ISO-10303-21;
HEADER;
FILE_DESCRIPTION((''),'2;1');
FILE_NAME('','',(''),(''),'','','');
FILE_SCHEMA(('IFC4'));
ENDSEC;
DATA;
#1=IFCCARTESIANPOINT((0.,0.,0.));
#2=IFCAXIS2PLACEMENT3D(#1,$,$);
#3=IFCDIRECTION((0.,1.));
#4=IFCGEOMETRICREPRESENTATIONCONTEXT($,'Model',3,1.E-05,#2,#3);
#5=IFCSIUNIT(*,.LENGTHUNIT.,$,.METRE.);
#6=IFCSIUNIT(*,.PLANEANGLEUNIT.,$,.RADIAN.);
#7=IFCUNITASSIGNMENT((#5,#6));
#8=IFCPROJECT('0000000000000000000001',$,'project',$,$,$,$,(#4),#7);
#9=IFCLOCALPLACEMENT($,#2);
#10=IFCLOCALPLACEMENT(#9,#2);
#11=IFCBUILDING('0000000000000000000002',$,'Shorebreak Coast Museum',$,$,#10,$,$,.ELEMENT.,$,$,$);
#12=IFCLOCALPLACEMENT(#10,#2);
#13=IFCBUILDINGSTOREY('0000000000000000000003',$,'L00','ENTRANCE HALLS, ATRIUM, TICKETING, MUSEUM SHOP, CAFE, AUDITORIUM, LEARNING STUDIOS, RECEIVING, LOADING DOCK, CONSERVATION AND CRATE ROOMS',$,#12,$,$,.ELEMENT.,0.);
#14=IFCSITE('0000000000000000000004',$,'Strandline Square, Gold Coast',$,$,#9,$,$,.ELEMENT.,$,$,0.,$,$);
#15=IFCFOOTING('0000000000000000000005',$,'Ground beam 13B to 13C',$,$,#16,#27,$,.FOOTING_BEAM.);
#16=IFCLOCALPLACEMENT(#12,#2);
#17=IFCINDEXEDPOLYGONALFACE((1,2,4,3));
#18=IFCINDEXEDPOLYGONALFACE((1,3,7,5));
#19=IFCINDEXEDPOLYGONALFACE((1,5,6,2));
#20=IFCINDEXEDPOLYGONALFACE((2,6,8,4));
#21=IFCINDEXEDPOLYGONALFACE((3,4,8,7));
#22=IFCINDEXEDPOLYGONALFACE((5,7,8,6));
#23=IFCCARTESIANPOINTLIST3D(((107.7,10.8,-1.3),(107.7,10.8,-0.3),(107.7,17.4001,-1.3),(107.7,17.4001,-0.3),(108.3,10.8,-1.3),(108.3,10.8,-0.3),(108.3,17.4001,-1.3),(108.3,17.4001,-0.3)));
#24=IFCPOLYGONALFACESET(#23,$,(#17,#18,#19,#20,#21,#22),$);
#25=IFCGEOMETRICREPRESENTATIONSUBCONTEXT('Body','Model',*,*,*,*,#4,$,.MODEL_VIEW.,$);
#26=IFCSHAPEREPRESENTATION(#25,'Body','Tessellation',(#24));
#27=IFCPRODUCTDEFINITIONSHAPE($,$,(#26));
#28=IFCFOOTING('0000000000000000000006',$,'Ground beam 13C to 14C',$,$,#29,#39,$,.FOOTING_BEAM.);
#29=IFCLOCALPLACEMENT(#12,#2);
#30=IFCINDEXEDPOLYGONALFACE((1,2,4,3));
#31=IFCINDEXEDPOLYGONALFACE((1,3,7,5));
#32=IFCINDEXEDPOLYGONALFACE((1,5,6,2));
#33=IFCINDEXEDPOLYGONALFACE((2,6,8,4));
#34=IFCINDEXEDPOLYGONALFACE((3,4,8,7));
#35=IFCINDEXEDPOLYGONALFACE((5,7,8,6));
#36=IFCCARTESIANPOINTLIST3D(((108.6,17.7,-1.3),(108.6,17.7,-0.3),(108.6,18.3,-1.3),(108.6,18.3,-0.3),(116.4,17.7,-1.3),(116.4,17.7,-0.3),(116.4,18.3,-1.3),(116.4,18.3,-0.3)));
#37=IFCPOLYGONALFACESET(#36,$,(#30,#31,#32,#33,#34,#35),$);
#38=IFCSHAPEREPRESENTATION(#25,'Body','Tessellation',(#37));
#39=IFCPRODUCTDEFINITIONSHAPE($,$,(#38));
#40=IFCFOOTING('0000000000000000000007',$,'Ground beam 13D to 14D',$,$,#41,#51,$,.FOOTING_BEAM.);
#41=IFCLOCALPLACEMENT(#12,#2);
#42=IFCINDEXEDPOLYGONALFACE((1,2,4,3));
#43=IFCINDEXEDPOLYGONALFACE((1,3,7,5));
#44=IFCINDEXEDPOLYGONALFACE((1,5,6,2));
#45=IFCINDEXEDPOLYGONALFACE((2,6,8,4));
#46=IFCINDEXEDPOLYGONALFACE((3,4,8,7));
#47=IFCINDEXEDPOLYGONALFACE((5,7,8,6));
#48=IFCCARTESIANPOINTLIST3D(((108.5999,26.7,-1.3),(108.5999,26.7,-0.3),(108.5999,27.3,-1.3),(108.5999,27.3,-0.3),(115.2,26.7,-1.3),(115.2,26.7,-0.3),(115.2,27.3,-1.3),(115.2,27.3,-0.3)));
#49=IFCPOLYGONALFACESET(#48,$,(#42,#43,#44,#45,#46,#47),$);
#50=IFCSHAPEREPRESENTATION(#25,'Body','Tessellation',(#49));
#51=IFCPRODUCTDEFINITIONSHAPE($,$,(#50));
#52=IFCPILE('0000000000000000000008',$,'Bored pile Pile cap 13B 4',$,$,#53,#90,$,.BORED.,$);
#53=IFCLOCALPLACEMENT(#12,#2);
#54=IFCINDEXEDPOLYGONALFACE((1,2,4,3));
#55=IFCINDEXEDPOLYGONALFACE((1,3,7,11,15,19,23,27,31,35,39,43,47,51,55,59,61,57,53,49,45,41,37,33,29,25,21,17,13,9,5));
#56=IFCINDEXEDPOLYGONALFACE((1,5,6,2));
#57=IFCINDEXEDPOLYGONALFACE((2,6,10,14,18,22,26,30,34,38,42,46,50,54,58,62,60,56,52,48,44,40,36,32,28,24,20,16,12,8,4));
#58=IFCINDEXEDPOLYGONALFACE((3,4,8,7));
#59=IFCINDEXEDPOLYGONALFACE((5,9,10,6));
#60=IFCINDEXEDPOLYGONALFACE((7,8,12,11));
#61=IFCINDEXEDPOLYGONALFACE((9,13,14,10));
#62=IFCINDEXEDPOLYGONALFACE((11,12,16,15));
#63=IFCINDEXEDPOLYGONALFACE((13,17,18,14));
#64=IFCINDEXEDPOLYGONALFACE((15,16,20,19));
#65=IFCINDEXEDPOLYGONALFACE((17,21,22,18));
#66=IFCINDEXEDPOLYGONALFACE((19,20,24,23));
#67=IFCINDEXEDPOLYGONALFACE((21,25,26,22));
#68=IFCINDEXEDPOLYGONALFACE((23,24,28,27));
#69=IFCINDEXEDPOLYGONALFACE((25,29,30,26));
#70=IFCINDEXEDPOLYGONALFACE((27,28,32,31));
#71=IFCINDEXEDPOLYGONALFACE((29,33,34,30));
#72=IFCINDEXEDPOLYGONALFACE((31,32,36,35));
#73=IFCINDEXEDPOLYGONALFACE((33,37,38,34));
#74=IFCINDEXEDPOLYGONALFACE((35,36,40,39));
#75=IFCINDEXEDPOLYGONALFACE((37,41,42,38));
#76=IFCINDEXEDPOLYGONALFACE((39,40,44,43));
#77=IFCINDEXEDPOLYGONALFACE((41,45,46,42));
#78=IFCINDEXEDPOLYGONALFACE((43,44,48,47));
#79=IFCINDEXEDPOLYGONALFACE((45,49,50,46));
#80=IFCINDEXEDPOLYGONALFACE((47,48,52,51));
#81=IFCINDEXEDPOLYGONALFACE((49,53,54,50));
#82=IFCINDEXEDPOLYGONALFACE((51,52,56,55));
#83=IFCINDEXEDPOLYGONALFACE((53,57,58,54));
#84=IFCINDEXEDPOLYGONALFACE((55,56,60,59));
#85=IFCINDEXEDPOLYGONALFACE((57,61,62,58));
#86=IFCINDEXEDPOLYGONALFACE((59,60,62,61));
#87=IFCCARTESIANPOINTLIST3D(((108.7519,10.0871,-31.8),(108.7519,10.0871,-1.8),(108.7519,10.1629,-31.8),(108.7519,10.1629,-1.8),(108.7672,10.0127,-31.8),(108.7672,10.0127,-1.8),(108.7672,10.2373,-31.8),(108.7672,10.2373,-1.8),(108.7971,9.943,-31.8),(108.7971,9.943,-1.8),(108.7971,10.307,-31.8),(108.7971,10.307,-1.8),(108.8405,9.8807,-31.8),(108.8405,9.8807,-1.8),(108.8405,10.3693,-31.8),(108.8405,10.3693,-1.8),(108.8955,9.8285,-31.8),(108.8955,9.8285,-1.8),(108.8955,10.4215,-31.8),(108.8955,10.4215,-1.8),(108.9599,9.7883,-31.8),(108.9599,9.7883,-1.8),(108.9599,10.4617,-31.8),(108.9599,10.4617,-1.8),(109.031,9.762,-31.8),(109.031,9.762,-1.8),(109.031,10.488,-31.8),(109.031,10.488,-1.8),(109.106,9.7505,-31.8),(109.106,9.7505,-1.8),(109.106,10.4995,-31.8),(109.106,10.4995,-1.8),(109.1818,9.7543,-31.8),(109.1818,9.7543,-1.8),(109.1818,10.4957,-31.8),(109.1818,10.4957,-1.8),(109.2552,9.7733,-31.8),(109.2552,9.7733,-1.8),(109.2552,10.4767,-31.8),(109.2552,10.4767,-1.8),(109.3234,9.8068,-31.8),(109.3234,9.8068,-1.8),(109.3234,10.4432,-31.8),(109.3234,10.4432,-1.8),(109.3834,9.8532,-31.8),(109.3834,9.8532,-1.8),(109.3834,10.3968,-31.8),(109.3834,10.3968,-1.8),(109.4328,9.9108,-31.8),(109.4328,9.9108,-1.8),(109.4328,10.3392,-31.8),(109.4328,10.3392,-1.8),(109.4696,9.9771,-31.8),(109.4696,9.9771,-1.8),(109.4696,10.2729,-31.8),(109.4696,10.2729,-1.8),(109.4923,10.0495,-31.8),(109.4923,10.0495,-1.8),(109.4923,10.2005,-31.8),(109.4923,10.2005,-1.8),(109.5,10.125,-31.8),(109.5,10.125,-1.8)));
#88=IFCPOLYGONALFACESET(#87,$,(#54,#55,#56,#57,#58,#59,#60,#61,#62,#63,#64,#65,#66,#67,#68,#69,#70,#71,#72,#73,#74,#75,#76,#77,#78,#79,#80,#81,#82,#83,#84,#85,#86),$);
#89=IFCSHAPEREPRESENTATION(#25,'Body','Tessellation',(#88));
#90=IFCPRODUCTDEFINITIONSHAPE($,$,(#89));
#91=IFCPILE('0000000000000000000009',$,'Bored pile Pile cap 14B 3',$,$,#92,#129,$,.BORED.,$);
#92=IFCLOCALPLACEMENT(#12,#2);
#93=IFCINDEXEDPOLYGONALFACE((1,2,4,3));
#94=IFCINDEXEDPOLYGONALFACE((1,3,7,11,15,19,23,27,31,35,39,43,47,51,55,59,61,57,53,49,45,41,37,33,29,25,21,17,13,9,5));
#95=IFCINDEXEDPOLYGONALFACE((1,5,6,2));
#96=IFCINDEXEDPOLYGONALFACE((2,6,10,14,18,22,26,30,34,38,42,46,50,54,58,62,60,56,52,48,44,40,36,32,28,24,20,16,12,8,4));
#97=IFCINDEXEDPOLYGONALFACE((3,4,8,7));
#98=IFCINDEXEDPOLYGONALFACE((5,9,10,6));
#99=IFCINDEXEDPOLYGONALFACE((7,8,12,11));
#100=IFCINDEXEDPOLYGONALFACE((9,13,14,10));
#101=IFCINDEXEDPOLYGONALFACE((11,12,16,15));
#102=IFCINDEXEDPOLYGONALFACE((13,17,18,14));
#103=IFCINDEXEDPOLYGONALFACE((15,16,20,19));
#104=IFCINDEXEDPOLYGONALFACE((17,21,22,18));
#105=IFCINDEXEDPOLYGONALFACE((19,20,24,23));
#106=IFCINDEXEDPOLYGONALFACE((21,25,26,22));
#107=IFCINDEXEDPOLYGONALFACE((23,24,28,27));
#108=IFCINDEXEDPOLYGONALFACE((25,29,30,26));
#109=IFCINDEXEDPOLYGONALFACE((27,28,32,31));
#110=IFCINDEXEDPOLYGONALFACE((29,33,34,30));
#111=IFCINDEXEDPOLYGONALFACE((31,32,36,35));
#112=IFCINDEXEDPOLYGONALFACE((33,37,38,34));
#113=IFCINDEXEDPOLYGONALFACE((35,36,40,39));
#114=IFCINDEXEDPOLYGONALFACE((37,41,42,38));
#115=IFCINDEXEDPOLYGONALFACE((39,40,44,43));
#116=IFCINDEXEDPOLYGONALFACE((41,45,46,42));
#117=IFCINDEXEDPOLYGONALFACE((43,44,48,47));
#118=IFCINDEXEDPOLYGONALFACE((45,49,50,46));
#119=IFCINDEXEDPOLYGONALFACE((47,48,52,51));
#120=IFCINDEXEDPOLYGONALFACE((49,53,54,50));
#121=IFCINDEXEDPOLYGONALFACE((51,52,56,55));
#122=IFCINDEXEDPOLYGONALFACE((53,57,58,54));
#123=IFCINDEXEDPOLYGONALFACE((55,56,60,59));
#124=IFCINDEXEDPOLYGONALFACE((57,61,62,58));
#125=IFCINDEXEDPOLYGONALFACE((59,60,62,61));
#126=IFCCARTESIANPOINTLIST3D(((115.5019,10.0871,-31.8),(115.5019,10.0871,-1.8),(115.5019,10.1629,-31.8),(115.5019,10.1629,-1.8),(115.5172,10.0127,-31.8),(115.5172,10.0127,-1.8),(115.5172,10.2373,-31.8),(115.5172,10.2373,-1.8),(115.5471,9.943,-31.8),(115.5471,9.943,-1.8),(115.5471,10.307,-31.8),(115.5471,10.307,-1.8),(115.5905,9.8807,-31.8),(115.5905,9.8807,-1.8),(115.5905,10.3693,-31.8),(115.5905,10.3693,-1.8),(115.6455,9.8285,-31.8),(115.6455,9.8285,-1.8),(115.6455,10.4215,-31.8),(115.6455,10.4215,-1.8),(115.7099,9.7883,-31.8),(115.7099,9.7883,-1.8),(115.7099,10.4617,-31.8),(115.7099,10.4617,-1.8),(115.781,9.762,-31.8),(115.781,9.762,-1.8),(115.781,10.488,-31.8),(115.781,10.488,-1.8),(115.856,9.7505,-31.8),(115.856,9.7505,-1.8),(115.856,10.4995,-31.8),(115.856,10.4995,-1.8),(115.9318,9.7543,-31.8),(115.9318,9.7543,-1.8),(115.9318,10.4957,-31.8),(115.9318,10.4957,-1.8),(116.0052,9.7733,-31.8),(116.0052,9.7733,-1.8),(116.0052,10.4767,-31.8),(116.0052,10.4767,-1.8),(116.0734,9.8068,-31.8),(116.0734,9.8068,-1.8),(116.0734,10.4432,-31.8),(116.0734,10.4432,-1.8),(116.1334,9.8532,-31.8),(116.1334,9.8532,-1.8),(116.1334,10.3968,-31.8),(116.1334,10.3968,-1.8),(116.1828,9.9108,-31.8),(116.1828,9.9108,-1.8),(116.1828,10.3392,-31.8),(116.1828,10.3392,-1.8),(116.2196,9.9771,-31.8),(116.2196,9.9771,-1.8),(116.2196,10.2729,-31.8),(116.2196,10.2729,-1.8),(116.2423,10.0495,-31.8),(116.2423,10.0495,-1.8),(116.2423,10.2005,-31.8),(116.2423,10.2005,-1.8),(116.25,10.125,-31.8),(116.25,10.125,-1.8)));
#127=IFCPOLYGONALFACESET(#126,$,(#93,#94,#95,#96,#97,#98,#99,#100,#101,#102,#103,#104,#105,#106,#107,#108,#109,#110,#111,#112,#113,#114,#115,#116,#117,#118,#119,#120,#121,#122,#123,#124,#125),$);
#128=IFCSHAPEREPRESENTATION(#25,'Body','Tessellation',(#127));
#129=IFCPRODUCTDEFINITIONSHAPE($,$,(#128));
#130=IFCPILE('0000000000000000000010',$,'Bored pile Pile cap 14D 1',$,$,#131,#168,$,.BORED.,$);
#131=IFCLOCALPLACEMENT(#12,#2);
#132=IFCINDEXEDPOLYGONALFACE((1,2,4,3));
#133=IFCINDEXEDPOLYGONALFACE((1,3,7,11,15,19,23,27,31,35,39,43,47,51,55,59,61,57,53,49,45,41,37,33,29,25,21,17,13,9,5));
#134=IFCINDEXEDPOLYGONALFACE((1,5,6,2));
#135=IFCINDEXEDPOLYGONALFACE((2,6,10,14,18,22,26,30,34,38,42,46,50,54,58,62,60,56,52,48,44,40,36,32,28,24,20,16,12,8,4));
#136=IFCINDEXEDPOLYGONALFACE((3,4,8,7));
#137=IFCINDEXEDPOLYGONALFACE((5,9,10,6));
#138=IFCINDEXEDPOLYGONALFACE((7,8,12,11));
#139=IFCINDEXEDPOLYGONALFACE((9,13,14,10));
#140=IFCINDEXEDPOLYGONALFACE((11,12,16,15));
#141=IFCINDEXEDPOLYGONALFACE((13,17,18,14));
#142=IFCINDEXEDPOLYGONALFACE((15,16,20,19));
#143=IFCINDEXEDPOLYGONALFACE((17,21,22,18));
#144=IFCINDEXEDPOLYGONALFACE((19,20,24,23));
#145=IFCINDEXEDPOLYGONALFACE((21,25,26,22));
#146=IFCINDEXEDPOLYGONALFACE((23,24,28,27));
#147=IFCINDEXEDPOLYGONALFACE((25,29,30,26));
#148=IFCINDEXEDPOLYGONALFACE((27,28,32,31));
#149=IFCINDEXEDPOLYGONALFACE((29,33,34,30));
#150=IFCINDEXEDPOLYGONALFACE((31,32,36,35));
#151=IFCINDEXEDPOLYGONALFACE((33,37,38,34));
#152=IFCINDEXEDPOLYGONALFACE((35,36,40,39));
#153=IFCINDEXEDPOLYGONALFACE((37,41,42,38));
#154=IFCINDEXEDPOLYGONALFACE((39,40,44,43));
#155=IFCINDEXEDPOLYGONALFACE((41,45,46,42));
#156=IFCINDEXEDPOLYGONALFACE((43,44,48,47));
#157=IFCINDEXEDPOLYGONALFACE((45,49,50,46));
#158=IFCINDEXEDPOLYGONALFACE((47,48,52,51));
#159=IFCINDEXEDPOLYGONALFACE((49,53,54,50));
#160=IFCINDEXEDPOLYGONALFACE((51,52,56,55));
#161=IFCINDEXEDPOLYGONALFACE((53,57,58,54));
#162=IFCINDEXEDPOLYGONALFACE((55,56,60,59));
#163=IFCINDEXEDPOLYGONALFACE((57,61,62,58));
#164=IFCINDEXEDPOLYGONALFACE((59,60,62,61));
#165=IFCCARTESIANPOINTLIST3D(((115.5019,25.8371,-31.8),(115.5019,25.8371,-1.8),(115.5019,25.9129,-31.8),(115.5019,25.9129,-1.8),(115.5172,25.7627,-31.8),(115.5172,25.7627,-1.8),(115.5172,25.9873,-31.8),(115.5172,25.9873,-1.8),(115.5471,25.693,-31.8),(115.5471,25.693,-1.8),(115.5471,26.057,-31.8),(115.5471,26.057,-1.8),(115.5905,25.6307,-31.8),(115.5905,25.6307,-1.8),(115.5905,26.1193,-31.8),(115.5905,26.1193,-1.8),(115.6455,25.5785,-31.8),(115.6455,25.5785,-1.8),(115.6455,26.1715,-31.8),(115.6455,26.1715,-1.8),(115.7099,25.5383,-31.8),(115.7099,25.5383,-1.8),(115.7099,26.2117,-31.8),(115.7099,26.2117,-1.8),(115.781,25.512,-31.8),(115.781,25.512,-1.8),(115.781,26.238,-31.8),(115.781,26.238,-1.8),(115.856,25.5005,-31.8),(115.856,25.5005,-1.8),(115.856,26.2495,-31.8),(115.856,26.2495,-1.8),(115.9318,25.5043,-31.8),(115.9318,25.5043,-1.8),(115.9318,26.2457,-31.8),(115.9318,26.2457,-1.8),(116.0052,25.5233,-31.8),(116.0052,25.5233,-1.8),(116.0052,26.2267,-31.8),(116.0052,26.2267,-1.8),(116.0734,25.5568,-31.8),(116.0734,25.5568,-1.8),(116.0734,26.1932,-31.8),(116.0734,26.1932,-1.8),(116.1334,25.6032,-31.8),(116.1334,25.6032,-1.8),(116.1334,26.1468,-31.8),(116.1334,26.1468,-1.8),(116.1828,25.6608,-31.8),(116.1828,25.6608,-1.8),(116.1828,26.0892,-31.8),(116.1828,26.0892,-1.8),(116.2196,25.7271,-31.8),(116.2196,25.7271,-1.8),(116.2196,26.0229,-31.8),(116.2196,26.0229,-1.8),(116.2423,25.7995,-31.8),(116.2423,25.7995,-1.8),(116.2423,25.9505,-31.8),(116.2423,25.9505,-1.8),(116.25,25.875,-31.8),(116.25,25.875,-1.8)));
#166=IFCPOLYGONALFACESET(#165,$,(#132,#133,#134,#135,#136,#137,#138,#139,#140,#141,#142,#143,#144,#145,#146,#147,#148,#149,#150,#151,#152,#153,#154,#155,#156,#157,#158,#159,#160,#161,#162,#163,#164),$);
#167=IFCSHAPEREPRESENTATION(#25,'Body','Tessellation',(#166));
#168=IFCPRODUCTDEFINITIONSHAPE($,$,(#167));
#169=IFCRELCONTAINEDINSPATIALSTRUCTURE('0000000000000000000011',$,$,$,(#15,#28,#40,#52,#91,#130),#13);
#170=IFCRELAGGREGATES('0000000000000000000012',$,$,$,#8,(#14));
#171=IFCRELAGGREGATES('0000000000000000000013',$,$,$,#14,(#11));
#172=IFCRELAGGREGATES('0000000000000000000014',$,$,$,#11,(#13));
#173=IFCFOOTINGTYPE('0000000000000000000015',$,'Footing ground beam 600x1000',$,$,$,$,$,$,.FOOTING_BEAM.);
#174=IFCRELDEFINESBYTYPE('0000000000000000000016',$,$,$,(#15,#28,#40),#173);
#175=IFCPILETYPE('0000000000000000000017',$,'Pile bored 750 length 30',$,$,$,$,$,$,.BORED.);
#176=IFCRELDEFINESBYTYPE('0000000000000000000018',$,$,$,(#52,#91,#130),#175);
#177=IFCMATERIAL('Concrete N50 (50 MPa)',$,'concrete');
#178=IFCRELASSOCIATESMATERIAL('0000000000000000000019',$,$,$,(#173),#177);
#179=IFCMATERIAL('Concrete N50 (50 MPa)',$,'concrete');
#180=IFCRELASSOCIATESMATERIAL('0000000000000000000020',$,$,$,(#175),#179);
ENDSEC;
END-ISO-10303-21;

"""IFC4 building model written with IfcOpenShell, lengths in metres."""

from ifc_helpers import new_model, si_unit, direction, frame, origin, origin_2d, place, context, subcontext, project, spatial, rectangle, circle, extrude, material, material_profile, profile_set, type_object, element, save


model = new_model("IFC4")

# Units and contexts
model_context = context("Model", 3, precision=1e-05, world=origin(), true_north=direction((0.0, 1.0)))
body_context = subcontext(model_context, "Body", "Model", "MODEL_VIEW")
ifc_project = project(units=[si_unit("LENGTHUNIT", "METRE"), si_unit("PLANEANGLEUNIT", "RADIAN")], contexts=[model_context])

# Site, building, storey
site_placement = place(None, origin())
site = spatial("IfcSite", under=ifc_project, at=site_placement, Name="Strandline Square, Gold Coast", CompositionType="ELEMENT", RefElevation=0.0)
building_placement = place(site_placement, origin())
building = spatial("IfcBuilding", under=site, at=building_placement, Name="Shorebreak Coast Museum", CompositionType="ELEMENT")
storey_placement = place(building_placement, origin())
storey = spatial("IfcBuildingStorey", under=building, at=storey_placement, Name="L00", Description="ENTRANCE HALLS, ATRIUM, TICKETING, MUSEUM SHOP, CAFE, AUDITORIUM, LEARNING STUDIOS, RECEIVING, LOADING DOCK, CONSERVATION AND CRATE ROOMS", CompositionType="ELEMENT", Elevation=0.0)

# Footings
ifc_material_1 = material(Name="Concrete N50 (50 MPa)", Category="concrete")
footing_type = type_object("IfcFootingType", Name="Footing ground beam 600x1000", PredefinedType="FOOTING_BEAM", material=ifc_material_1)
footing_1_placement = place(storey_placement, frame((108.0, 14.1001, -1.3), z_axis=(0.0, 0.0, 1.0), x_axis=(1.0, 0.0, 0.0)))
element("IfcFooting", 1, at=footing_1_placement, inside=storey, type_object=footing_type, Name="Ground beam 13B to 13C", PredefinedType="FOOTING_BEAM", context=body_context, shape_type="SweptSolid", body=[
    extrude(rectangle(XDim=0.6001, YDim=6.6001, at=origin_2d()), origin(), (0.0, 0.0, 1.0), 1.0),
])
footing_2_placement = place(storey_placement, frame((112.5, 18.0, -1.3), z_axis=(0.0, 0.0, 1.0), x_axis=(1.0, 0.0, 0.0)))
element("IfcFooting", 2, at=footing_2_placement, inside=storey, type_object=footing_type, Name="Ground beam 13C to 14C", PredefinedType="FOOTING_BEAM", context=body_context, shape_type="SweptSolid", body=[
    extrude(rectangle(XDim=7.8, YDim=0.6001, at=origin_2d()), origin(), (0.0, 0.0, 1.0), 1.0),
])
footing_3_placement = place(storey_placement, frame((111.8999, 27.0, -1.3), z_axis=(0.0, 0.0, 1.0), x_axis=(1.0, 0.0, 0.0)))
element("IfcFooting", 3, at=footing_3_placement, inside=storey, type_object=footing_type, Name="Ground beam 13D to 14D", PredefinedType="FOOTING_BEAM", context=body_context, shape_type="SweptSolid", body=[
    extrude(rectangle(XDim=6.6001, YDim=0.6001, at=origin_2d()), origin(), (0.0, 0.0, 1.0), 1.0),
])

# Piles
ifc_material_2 = material(Name="Concrete N50 (50 MPa)", Category="concrete")
ifc_material_profile_1 = material_profile(ifc_material_2, circle(Radius=0.375, at=origin_2d()), Name="Pile bored 750 length 30")
ifc_profile_set_1 = profile_set([ifc_material_profile_1], Name="Concrete N50 (50 MPa)")
pile_type = type_object("IfcPileType", Name="Pile bored 750 length 30", PredefinedType="BORED", material=ifc_profile_set_1)
for number, where, z_axis, x_axis, name in (
    (4, (109.125, 10.125, -1.8), (0.0, 0.0, -1.0), (1.0, 0.0, 0.0), "Bored pile Pile cap 13B 4"),
    (5, (115.875, 10.125, -1.8), (0.0, 0.0, -1.0), (1.0, 0.0, 0.0), "Bored pile Pile cap 14B 3"),
    (6, (115.875, 25.875, -1.8), (0.0, 0.0, -1.0), (1.0, 0.0, 0.0), "Bored pile Pile cap 14D 1"),
):
    element("IfcPile", number, at=place(storey_placement, frame(where, z_axis=z_axis, x_axis=x_axis)), inside=storey, type_object=pile_type, Name=name, PredefinedType="BORED", context=body_context, shape_type="SweptSolid", body=[
        extrude(circle(Radius=0.375, at=origin_2d()), origin(), (0.0, 0.0, 1.0), 30.0),
    ])

save(model, "model.ifc")
